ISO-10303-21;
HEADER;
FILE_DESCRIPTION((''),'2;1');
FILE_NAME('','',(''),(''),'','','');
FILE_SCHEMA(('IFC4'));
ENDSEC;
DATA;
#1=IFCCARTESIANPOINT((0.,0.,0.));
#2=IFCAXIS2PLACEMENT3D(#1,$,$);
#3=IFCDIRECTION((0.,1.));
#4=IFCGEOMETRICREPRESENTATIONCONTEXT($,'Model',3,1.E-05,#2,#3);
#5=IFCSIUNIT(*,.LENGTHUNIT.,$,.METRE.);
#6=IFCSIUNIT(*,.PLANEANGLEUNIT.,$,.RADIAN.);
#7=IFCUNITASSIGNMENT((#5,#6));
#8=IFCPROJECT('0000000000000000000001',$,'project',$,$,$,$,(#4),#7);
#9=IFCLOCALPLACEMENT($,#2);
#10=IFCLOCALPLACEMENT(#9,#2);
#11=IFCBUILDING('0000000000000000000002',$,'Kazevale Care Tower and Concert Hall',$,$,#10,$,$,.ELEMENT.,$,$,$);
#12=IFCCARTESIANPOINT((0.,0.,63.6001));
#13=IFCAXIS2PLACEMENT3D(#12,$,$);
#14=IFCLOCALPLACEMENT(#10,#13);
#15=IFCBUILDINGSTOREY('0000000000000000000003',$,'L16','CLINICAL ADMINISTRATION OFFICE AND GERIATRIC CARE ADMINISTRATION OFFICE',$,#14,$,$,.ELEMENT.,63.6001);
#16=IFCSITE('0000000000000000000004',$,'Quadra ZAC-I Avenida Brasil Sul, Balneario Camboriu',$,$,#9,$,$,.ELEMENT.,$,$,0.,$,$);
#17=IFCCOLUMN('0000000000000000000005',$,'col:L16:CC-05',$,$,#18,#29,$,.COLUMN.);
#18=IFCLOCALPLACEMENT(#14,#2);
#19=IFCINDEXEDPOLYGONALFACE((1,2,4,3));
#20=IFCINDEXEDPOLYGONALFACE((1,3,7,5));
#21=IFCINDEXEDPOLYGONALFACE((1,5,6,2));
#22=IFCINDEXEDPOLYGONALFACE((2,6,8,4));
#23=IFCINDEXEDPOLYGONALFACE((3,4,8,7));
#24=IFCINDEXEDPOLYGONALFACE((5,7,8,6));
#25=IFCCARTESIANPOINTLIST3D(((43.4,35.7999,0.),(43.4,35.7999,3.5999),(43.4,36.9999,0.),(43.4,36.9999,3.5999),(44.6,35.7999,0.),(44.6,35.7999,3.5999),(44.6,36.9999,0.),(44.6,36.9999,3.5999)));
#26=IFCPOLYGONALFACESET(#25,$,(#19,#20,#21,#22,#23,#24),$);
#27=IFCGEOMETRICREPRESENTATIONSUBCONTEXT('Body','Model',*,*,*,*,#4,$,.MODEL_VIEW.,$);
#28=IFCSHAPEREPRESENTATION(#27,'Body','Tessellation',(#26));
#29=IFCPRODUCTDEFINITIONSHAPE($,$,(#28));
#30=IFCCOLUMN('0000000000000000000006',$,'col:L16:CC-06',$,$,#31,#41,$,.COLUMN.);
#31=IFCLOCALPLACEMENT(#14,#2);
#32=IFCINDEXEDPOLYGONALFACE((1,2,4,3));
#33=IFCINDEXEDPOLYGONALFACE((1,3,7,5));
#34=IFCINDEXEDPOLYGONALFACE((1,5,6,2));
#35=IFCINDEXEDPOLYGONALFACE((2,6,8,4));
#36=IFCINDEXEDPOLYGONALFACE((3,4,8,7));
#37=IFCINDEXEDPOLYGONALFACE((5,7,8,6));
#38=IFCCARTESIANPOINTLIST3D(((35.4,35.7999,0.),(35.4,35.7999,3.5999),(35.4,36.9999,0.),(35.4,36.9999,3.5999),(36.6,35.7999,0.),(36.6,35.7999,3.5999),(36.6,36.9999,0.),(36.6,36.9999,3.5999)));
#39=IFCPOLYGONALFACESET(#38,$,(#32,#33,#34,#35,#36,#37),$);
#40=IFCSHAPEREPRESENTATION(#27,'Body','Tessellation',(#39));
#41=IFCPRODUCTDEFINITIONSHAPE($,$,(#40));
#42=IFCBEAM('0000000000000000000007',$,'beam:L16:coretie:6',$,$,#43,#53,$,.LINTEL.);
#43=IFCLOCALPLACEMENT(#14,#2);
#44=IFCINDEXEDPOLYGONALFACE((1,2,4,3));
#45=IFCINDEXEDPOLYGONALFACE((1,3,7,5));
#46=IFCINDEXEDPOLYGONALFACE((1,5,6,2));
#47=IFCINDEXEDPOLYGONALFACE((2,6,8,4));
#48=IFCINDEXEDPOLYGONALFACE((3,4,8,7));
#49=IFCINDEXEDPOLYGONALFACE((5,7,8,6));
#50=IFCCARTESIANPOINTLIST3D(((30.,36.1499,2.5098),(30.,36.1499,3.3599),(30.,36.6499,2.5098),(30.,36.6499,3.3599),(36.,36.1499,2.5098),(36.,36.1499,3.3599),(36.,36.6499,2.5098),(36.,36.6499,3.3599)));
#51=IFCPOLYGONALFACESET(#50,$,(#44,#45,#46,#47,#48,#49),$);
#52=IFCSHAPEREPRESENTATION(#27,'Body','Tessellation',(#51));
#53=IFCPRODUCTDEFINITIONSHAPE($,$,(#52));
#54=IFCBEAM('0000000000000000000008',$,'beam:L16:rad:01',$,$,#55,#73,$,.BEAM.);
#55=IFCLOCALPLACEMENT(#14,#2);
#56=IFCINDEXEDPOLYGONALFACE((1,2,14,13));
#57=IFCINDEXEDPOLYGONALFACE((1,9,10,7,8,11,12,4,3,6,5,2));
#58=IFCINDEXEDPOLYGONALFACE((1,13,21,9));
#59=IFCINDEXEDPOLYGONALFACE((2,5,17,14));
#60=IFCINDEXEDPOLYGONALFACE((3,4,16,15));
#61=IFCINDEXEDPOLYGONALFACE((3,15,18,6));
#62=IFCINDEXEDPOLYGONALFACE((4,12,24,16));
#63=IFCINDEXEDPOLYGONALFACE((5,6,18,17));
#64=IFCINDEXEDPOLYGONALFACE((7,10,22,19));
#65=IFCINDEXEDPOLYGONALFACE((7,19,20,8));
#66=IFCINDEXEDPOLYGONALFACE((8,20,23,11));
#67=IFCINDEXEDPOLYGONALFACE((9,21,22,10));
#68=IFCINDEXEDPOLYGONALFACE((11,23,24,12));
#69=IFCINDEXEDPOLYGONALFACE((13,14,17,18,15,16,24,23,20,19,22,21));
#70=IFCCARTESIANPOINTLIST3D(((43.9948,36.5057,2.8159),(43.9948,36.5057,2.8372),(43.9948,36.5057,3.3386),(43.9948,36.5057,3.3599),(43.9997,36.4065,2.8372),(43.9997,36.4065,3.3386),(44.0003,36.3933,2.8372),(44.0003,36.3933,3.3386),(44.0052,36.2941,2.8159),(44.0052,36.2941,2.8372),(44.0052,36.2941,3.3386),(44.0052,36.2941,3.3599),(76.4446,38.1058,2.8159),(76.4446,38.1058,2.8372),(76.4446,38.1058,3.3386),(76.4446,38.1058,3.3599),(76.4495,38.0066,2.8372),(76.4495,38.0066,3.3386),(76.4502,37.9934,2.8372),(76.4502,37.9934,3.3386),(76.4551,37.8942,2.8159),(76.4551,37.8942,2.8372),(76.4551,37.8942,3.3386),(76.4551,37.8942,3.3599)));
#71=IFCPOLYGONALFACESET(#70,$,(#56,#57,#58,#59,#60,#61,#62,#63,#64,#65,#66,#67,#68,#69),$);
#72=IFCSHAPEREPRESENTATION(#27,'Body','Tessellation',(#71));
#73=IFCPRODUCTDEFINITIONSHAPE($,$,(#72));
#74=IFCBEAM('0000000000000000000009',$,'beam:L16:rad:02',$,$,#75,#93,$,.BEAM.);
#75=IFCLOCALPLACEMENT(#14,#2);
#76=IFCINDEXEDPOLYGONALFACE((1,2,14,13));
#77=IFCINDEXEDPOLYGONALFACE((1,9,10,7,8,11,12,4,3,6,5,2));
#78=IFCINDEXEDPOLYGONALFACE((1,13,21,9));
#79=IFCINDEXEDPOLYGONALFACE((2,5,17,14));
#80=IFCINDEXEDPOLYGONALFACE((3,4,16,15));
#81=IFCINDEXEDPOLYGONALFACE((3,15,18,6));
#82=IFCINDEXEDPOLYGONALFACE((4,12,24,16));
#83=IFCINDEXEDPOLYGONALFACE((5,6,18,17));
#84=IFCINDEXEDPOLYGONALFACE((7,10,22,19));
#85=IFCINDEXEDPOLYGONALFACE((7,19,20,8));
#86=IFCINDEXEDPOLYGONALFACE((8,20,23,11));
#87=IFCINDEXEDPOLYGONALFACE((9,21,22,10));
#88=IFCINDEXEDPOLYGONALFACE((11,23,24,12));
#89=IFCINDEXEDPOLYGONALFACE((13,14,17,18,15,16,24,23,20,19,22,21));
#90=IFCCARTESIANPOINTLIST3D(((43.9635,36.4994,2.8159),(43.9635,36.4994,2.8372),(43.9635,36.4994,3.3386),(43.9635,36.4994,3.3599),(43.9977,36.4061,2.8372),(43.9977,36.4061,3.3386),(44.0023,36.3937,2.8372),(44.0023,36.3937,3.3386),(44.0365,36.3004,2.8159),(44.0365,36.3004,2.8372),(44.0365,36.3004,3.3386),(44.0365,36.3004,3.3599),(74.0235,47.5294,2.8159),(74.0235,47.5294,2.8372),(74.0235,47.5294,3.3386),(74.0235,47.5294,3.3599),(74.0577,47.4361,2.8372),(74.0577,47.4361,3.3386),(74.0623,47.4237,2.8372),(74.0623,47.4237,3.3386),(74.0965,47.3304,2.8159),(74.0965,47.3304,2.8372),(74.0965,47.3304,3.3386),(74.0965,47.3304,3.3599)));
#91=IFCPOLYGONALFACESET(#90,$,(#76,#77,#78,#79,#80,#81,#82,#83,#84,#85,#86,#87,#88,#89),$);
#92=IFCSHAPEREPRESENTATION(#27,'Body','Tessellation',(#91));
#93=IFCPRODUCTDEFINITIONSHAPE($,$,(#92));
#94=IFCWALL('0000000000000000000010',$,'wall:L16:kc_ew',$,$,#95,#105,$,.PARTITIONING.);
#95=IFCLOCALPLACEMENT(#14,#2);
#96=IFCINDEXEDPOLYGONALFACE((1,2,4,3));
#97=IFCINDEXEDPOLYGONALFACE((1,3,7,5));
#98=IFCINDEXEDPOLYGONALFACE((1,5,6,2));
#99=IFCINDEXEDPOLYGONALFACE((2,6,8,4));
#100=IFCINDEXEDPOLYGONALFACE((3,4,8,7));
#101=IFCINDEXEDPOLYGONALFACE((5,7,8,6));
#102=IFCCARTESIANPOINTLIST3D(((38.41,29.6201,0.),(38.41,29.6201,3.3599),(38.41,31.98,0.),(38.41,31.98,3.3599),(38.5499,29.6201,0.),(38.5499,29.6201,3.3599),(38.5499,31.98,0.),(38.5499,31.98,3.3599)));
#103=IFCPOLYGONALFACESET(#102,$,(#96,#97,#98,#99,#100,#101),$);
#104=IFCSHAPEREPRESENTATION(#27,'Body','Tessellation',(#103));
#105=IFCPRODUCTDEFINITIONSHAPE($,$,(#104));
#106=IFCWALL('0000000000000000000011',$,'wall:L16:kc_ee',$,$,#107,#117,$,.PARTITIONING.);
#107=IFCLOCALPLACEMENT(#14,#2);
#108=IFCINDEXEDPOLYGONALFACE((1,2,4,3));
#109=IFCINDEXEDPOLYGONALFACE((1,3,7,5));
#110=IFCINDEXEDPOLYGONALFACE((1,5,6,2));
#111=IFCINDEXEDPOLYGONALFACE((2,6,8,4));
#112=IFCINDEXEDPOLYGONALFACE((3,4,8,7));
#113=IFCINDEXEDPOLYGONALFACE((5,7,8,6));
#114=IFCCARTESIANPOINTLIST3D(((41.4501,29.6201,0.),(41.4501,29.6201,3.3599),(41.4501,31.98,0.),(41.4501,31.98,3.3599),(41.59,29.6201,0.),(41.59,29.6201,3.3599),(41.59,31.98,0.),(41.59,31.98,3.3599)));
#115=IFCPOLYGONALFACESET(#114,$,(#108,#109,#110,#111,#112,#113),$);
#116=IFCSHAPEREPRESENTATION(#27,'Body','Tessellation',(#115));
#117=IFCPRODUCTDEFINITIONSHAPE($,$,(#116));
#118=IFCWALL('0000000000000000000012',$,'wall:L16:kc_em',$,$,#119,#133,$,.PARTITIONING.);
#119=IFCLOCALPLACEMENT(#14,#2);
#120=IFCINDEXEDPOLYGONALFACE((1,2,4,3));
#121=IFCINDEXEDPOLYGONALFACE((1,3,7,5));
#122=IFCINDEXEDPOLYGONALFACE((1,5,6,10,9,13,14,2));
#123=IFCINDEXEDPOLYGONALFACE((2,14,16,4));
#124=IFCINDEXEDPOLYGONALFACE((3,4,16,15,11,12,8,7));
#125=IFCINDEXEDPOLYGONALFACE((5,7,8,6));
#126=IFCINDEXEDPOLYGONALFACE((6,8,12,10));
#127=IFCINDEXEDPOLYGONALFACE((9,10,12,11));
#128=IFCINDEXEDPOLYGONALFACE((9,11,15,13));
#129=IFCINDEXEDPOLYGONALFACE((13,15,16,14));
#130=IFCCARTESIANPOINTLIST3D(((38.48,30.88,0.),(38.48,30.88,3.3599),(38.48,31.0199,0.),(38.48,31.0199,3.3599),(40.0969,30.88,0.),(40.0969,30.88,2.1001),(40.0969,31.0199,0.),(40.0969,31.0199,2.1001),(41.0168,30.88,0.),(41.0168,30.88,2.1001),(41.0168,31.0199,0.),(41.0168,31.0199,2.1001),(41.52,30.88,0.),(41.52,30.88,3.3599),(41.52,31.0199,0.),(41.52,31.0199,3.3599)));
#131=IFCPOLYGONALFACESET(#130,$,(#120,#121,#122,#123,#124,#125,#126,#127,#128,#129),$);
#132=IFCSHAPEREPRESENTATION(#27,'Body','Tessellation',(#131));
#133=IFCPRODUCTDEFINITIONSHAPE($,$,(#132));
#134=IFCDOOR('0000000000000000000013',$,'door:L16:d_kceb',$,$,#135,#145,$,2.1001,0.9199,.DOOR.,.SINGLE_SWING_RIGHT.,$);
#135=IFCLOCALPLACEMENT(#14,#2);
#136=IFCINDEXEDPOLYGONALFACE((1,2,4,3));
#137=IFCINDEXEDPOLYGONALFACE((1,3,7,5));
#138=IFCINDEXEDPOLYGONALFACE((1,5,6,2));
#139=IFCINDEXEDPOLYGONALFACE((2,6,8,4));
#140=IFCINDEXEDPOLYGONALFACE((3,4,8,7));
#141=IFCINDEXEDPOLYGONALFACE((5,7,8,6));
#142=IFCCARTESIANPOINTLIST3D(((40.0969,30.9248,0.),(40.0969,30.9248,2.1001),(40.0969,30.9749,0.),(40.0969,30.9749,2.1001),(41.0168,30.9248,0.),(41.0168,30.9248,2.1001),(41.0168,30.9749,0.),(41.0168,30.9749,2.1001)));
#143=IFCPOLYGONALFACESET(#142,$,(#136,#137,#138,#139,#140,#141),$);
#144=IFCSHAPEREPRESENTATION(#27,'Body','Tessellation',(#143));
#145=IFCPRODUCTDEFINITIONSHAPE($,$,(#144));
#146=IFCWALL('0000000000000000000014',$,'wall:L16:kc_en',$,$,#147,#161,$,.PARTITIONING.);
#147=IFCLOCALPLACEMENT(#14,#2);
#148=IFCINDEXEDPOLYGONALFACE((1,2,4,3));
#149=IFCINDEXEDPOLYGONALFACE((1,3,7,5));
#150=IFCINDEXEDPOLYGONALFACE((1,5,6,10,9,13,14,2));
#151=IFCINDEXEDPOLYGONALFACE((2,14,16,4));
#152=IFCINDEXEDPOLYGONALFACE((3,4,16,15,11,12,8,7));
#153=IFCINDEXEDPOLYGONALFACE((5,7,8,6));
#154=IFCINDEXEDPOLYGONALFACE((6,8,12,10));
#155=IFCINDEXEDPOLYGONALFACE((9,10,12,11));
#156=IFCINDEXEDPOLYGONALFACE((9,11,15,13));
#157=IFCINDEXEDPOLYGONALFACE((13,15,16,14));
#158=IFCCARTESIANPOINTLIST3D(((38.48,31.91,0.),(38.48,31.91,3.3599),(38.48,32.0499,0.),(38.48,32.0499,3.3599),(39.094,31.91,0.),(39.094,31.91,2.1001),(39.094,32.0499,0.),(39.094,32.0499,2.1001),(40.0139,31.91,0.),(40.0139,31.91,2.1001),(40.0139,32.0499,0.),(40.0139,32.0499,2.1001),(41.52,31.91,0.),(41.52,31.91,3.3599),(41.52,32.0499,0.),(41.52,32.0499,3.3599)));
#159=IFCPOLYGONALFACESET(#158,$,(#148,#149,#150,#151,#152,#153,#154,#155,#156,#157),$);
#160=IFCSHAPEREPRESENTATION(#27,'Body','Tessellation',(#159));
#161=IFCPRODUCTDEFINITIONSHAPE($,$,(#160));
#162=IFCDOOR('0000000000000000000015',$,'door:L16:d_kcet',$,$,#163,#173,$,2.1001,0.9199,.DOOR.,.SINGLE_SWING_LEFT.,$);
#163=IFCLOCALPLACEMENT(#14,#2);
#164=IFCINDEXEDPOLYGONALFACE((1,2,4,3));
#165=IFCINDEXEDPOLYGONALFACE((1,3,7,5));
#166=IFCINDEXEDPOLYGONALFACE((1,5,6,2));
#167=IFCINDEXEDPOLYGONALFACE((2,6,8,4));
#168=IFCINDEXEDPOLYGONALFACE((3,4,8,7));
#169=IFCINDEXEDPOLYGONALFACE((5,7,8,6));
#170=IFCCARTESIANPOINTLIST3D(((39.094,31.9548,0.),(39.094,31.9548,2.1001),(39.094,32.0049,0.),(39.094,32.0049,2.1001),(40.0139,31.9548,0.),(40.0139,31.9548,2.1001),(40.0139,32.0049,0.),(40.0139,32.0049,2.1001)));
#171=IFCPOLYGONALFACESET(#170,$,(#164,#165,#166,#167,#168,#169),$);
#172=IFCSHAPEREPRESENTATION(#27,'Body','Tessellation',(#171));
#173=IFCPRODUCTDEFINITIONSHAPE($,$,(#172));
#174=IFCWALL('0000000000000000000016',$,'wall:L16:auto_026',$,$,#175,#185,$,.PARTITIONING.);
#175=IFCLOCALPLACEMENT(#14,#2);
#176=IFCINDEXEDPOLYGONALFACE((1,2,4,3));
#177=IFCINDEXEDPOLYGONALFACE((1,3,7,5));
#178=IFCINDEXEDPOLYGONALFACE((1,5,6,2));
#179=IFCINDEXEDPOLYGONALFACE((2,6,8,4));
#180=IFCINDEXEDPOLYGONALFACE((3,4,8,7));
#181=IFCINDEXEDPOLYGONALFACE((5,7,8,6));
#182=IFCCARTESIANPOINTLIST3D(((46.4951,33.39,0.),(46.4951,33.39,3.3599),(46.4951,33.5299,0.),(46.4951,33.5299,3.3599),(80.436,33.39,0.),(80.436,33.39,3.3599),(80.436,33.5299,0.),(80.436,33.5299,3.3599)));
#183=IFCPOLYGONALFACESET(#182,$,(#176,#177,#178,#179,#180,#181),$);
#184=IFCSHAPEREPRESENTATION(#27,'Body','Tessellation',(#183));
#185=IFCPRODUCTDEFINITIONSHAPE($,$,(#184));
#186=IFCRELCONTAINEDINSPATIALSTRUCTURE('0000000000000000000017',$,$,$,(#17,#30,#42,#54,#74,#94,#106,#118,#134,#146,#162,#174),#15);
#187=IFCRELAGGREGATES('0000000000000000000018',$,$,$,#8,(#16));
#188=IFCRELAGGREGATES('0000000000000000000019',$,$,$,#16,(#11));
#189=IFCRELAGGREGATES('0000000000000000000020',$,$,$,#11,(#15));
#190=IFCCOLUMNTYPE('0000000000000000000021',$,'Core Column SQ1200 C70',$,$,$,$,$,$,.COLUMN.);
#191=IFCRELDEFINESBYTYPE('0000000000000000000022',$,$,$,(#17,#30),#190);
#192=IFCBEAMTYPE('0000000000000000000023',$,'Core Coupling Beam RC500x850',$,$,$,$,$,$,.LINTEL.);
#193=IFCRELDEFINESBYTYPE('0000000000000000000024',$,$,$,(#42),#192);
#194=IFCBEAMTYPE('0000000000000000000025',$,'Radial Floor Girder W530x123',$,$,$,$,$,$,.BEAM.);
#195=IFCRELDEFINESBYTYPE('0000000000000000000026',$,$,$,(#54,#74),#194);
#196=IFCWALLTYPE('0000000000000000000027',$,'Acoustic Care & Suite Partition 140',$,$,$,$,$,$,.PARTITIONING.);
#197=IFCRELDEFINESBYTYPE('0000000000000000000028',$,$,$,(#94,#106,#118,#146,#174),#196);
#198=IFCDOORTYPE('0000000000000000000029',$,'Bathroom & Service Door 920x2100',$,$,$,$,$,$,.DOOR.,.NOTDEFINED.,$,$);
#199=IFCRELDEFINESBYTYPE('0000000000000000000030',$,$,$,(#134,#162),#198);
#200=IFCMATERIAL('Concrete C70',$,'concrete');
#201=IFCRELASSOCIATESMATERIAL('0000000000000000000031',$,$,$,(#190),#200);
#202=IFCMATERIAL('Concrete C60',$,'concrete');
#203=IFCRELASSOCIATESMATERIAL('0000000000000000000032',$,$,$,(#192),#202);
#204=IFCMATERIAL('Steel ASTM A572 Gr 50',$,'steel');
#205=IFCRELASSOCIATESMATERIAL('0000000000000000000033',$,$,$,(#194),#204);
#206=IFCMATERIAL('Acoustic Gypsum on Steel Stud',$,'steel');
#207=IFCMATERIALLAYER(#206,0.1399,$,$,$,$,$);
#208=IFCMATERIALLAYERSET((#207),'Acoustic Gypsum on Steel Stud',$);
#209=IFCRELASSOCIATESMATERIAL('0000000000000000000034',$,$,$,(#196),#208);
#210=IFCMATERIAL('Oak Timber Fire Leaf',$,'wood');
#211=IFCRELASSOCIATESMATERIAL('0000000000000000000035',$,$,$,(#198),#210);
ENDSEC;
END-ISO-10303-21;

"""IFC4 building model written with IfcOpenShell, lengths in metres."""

from ifc_helpers import new_model, si_unit, direction, frame, frame_2d, origin, origin_2d, place, context, subcontext, project, spatial, rectangle, i_section, extrude, material, layer, layer_set, material_profile, profile_set, type_object, element, fill, save


model = new_model("IFC4")

# Units and contexts
model_context = context("Model", 3, precision=1e-05, world=origin(), true_north=direction((0.0, 1.0)))
body_context = subcontext(model_context, "Body", "Model", "MODEL_VIEW")
ifc_project = project(units=[si_unit("LENGTHUNIT", "METRE"), si_unit("PLANEANGLEUNIT", "RADIAN")], contexts=[model_context])

# Site, building, storey
site_placement = place(None, origin())
site = spatial("IfcSite", under=ifc_project, at=site_placement, Name="Quadra ZAC-I Avenida Brasil Sul, Balneario Camboriu", CompositionType="ELEMENT", RefElevation=0.0)
building_placement = place(site_placement, origin())
building = spatial("IfcBuilding", under=site, at=building_placement, Name="Kazevale Care Tower and Concert Hall", CompositionType="ELEMENT")
storey_placement = place(building_placement, frame((0.0, 0.0, 63.6001)))
storey = spatial("IfcBuildingStorey", under=building, at=storey_placement, Name="L16", Description="CLINICAL ADMINISTRATION OFFICE AND GERIATRIC CARE ADMINISTRATION OFFICE", CompositionType="ELEMENT", Elevation=63.6001)

# Columns
ifc_material_1 = material(Name="Concrete C70", Category="concrete")
ifc_material_profile_1 = material_profile(ifc_material_1, rectangle(XDim=1.2, YDim=1.2, at=origin_2d()), Name="RC-SQ1200")
ifc_profile_set_1 = profile_set([ifc_material_profile_1], Name="Concrete C70")
column_type = type_object("IfcColumnType", Name="Core Column SQ1200 C70", PredefinedType="COLUMN", material=ifc_profile_set_1)
for number, where, z_axis, x_axis, name in (
    (1, (44.0, 36.3999, 0.0), (0.0, 0.0, 1.0), (1.0, 0.0, 0.0), "col:L16:CC-05"),
    (2, (36.0, 36.3999, 0.0), (0.0, 0.0, 1.0), (1.0, 0.0, 0.0), "col:L16:CC-06"),
):
    element("IfcColumn", number, at=place(storey_placement, frame(where, z_axis=z_axis, x_axis=x_axis)), inside=storey, type_object=column_type, Name=name, PredefinedType="COLUMN", context=body_context, shape_type="SweptSolid", body=[
        extrude(rectangle(XDim=1.2, YDim=1.2, at=origin_2d()), origin(), (0.0, 0.0, 1.0), 3.5999),
    ])

# Beams
ifc_material_2 = material(Name="Concrete C60", Category="concrete")
ifc_material_profile_2 = material_profile(ifc_material_2, rectangle(XDim=0.5, YDim=0.8501, at=origin_2d()), Name="RC-B500x850")
ifc_profile_set_2 = profile_set([ifc_material_profile_2], Name="Concrete C60")
beam_type_1 = type_object("IfcBeamType", Name="Core Coupling Beam RC500x850", PredefinedType="LINTEL", material=ifc_profile_set_2)
beam_1_placement = place(storey_placement, frame((36.0, 36.3999, 2.9348), z_axis=(-1.0, 0.0, 0.0), x_axis=(0.0, -1.0, 0.0)))
element("IfcBeam", 3, at=beam_1_placement, inside=storey, type_object=beam_type_1, Name="beam:L16:coretie:6", PredefinedType="LINTEL", context=body_context, shape_type="SweptSolid", body=[
    extrude(rectangle(XDim=0.5, YDim=0.8501, at=origin_2d()), origin(), (0.0, 0.0, 1.0), 6.0),
])
ifc_material_3 = material(Name="Steel ASTM A572 Gr 50", Category="steel")
ifc_material_profile_3 = material_profile(ifc_material_3, i_section(OverallWidth=0.2119, OverallDepth=0.5439, WebThickness=0.0132, FlangeThickness=0.0212, at=origin_2d()), Name="W530x123")
ifc_profile_set_3 = profile_set([ifc_material_profile_3], Name="Steel ASTM A572 Gr 50")
beam_type_2 = type_object("IfcBeamType", Name="Radial Floor Girder W530x123", PredefinedType="BEAM", material=ifc_profile_set_3)
beam_2_placement = place(storey_placement, frame((44.0, 36.3999, 3.0879), z_axis=(0.998786, 0.04925, 0.0), x_axis=(-0.04925, 0.998786, 0.0)))
element("IfcBeam", 4, at=beam_2_placement, inside=storey, type_object=beam_type_2, Name="beam:L16:rad:01", PredefinedType="BEAM", context=body_context, shape_type="SweptSolid", body=[
    extrude(i_section(OverallWidth=0.2119, OverallDepth=0.5439, WebThickness=0.0132, FlangeThickness=0.0212, at=origin_2d()), origin(), (0.0, 0.0, 1.0), 32.4893),
])
beam_3_placement = place(storey_placement, frame((44.0, 36.3999, 3.0879), z_axis=(0.938795, 0.344475, 0.0), x_axis=(-0.344475, 0.938795, 0.0)))
element("IfcBeam", 5, at=beam_3_placement, inside=storey, type_object=beam_type_2, Name="beam:L16:rad:02", PredefinedType="BEAM", context=body_context, shape_type="SweptSolid", body=[
    extrude(i_section(OverallWidth=0.2119, OverallDepth=0.5439, WebThickness=0.0132, FlangeThickness=0.0212, at=origin_2d()), origin(), (0.0, 0.0, 1.0), 32.0198),
])

# Walls
ifc_material_4 = material(Name="Acoustic Gypsum on Steel Stud", Category="steel")
ifc_layer_1 = layer(ifc_material_4, 0.1399)
ifc_layer_set_1 = layer_set([ifc_layer_1], Name="Acoustic Gypsum on Steel Stud")
wall_type_1 = type_object("IfcWallType", Name="Acoustic Care & Suite Partition 140", PredefinedType="PARTITIONING", material=ifc_layer_set_1)
for number, where, z_axis, x_axis, name in (
    (6, (38.48, 29.6201, 0.0), (0.0, 0.0, 1.0), (0.0, 1.0, 0.0), "wall:L16:kc_ew"),
    (7, (41.52, 29.6201, 0.0), (0.0, 0.0, 1.0), (0.0, 1.0, 0.0), "wall:L16:kc_ee"),
):
    element("IfcWall", number, at=place(storey_placement, frame(where, z_axis=z_axis, x_axis=x_axis)), inside=storey, type_object=wall_type_1, Name=name, PredefinedType="PARTITIONING", context=body_context, shape_type="SweptSolid", body=[
        extrude(rectangle(XDim=2.3599, YDim=0.1399, at=frame_2d((1.1799, 0.0))), origin(), (0.0, 0.0, 1.0), 3.3599),
    ])

# Walls, openings, doors
wall_1_placement = place(storey_placement, frame((38.48, 30.95, 0.0), z_axis=(0.0, 0.0, 1.0), x_axis=(1.0, 0.0, 0.0)))
wall_1 = element("IfcWall", 8, at=wall_1_placement, inside=storey, type_object=wall_type_1, Name="wall:L16:kc_em", PredefinedType="PARTITIONING", context=body_context, shape_type="SweptSolid", body=[
    extrude(rectangle(XDim=3.04, YDim=0.1399, at=frame_2d((1.52, 0.0))), origin(), (0.0, 0.0, 1.0), 3.3599),
])
opening_1_placement = place(wall_1_placement, frame((1.6169, 0.0, 0.0)))
opening_1 = element("IfcOpeningElement", 9, at=opening_1_placement, cuts=wall_1, PredefinedType="OPENING", context=body_context, shape_type="SweptSolid", body=[
    extrude(rectangle(XDim=0.9199, YDim=2.1001, at=frame_2d((0.46, 1.05))), frame((0.0, 0.0798, 0.0), z_axis=(0.0, -1.0, 0.0), x_axis=(1.0, 0.0, 0.0)), (0.0, 0.0, 1.0), 0.1599),
])
ifc_material_5 = material(Name="Oak Timber Fire Leaf", Category="wood")
door_type_1 = type_object("IfcDoorType", Name="Bathroom & Service Door 920x2100", OperationType="NOTDEFINED", PredefinedType="DOOR", material=ifc_material_5)
door_1_placement = place(opening_1_placement, origin())
door_1 = element("IfcDoor", 10, at=door_1_placement, inside=storey, type_object=door_type_1, Name="door:L16:d_kceb", OperationType="SINGLE_SWING_RIGHT", OverallHeight=2.1001, OverallWidth=0.9199, PredefinedType="DOOR", context=body_context, shape_type="SweptSolid", body=[
    extrude(rectangle(XDim=0.9199, YDim=2.1001, at=frame_2d((0.46, 1.05))), frame((0.0, 0.0249, 0.0), z_axis=(0.0, -1.0, 0.0), x_axis=(1.0, 0.0, 0.0)), (0.0, 0.0, 1.0), 0.05),
])
fill(opening_1, door_1)
wall_2_placement = place(storey_placement, frame((38.48, 31.98, 0.0), z_axis=(0.0, 0.0, 1.0), x_axis=(1.0, 0.0, 0.0)))
wall_2 = element("IfcWall", 11, at=wall_2_placement, inside=storey, type_object=wall_type_1, Name="wall:L16:kc_en", PredefinedType="PARTITIONING", context=body_context, shape_type="SweptSolid", body=[
    extrude(rectangle(XDim=3.04, YDim=0.1399, at=frame_2d((1.52, 0.0))), origin(), (0.0, 0.0, 1.0), 3.3599),
])
opening_2_placement = place(wall_2_placement, frame((0.614, 0.0, 0.0)))
opening_2 = element("IfcOpeningElement", 12, at=opening_2_placement, cuts=wall_2, PredefinedType="OPENING", context=body_context, shape_type="SweptSolid", body=[
    extrude(rectangle(XDim=0.9199, YDim=2.1001, at=frame_2d((0.46, 1.05))), frame((0.0, 0.0798, 0.0), z_axis=(0.0, -1.0, 0.0), x_axis=(1.0, 0.0, 0.0)), (0.0, 0.0, 1.0), 0.1599),
])
door_2_placement = place(opening_2_placement, origin())
door_2 = element("IfcDoor", 13, at=door_2_placement, inside=storey, type_object=door_type_1, Name="door:L16:d_kcet", OperationType="SINGLE_SWING_LEFT", OverallHeight=2.1001, OverallWidth=0.9199, PredefinedType="DOOR", context=body_context, shape_type="SweptSolid", body=[
    extrude(rectangle(XDim=0.9199, YDim=2.1001, at=frame_2d((0.46, 1.05))), frame((0.0, 0.0249, 0.0), z_axis=(0.0, -1.0, 0.0), x_axis=(1.0, 0.0, 0.0)), (0.0, 0.0, 1.0), 0.05),
])
fill(opening_2, door_2)

# Wall
wall_3_placement = place(storey_placement, frame((46.4951, 33.46, 0.0), z_axis=(0.0, 0.0, 1.0), x_axis=(1.0, 0.0, 0.0)))
element("IfcWall", 14, at=wall_3_placement, inside=storey, type_object=wall_type_1, Name="wall:L16:auto_026", PredefinedType="PARTITIONING", context=body_context, shape_type="SweptSolid", body=[
    extrude(rectangle(XDim=33.9409, YDim=0.1399, at=frame_2d((16.9705, 0.0))), origin(), (0.0, 0.0, 1.0), 3.3599),
])

save(model, "model.ifc")
